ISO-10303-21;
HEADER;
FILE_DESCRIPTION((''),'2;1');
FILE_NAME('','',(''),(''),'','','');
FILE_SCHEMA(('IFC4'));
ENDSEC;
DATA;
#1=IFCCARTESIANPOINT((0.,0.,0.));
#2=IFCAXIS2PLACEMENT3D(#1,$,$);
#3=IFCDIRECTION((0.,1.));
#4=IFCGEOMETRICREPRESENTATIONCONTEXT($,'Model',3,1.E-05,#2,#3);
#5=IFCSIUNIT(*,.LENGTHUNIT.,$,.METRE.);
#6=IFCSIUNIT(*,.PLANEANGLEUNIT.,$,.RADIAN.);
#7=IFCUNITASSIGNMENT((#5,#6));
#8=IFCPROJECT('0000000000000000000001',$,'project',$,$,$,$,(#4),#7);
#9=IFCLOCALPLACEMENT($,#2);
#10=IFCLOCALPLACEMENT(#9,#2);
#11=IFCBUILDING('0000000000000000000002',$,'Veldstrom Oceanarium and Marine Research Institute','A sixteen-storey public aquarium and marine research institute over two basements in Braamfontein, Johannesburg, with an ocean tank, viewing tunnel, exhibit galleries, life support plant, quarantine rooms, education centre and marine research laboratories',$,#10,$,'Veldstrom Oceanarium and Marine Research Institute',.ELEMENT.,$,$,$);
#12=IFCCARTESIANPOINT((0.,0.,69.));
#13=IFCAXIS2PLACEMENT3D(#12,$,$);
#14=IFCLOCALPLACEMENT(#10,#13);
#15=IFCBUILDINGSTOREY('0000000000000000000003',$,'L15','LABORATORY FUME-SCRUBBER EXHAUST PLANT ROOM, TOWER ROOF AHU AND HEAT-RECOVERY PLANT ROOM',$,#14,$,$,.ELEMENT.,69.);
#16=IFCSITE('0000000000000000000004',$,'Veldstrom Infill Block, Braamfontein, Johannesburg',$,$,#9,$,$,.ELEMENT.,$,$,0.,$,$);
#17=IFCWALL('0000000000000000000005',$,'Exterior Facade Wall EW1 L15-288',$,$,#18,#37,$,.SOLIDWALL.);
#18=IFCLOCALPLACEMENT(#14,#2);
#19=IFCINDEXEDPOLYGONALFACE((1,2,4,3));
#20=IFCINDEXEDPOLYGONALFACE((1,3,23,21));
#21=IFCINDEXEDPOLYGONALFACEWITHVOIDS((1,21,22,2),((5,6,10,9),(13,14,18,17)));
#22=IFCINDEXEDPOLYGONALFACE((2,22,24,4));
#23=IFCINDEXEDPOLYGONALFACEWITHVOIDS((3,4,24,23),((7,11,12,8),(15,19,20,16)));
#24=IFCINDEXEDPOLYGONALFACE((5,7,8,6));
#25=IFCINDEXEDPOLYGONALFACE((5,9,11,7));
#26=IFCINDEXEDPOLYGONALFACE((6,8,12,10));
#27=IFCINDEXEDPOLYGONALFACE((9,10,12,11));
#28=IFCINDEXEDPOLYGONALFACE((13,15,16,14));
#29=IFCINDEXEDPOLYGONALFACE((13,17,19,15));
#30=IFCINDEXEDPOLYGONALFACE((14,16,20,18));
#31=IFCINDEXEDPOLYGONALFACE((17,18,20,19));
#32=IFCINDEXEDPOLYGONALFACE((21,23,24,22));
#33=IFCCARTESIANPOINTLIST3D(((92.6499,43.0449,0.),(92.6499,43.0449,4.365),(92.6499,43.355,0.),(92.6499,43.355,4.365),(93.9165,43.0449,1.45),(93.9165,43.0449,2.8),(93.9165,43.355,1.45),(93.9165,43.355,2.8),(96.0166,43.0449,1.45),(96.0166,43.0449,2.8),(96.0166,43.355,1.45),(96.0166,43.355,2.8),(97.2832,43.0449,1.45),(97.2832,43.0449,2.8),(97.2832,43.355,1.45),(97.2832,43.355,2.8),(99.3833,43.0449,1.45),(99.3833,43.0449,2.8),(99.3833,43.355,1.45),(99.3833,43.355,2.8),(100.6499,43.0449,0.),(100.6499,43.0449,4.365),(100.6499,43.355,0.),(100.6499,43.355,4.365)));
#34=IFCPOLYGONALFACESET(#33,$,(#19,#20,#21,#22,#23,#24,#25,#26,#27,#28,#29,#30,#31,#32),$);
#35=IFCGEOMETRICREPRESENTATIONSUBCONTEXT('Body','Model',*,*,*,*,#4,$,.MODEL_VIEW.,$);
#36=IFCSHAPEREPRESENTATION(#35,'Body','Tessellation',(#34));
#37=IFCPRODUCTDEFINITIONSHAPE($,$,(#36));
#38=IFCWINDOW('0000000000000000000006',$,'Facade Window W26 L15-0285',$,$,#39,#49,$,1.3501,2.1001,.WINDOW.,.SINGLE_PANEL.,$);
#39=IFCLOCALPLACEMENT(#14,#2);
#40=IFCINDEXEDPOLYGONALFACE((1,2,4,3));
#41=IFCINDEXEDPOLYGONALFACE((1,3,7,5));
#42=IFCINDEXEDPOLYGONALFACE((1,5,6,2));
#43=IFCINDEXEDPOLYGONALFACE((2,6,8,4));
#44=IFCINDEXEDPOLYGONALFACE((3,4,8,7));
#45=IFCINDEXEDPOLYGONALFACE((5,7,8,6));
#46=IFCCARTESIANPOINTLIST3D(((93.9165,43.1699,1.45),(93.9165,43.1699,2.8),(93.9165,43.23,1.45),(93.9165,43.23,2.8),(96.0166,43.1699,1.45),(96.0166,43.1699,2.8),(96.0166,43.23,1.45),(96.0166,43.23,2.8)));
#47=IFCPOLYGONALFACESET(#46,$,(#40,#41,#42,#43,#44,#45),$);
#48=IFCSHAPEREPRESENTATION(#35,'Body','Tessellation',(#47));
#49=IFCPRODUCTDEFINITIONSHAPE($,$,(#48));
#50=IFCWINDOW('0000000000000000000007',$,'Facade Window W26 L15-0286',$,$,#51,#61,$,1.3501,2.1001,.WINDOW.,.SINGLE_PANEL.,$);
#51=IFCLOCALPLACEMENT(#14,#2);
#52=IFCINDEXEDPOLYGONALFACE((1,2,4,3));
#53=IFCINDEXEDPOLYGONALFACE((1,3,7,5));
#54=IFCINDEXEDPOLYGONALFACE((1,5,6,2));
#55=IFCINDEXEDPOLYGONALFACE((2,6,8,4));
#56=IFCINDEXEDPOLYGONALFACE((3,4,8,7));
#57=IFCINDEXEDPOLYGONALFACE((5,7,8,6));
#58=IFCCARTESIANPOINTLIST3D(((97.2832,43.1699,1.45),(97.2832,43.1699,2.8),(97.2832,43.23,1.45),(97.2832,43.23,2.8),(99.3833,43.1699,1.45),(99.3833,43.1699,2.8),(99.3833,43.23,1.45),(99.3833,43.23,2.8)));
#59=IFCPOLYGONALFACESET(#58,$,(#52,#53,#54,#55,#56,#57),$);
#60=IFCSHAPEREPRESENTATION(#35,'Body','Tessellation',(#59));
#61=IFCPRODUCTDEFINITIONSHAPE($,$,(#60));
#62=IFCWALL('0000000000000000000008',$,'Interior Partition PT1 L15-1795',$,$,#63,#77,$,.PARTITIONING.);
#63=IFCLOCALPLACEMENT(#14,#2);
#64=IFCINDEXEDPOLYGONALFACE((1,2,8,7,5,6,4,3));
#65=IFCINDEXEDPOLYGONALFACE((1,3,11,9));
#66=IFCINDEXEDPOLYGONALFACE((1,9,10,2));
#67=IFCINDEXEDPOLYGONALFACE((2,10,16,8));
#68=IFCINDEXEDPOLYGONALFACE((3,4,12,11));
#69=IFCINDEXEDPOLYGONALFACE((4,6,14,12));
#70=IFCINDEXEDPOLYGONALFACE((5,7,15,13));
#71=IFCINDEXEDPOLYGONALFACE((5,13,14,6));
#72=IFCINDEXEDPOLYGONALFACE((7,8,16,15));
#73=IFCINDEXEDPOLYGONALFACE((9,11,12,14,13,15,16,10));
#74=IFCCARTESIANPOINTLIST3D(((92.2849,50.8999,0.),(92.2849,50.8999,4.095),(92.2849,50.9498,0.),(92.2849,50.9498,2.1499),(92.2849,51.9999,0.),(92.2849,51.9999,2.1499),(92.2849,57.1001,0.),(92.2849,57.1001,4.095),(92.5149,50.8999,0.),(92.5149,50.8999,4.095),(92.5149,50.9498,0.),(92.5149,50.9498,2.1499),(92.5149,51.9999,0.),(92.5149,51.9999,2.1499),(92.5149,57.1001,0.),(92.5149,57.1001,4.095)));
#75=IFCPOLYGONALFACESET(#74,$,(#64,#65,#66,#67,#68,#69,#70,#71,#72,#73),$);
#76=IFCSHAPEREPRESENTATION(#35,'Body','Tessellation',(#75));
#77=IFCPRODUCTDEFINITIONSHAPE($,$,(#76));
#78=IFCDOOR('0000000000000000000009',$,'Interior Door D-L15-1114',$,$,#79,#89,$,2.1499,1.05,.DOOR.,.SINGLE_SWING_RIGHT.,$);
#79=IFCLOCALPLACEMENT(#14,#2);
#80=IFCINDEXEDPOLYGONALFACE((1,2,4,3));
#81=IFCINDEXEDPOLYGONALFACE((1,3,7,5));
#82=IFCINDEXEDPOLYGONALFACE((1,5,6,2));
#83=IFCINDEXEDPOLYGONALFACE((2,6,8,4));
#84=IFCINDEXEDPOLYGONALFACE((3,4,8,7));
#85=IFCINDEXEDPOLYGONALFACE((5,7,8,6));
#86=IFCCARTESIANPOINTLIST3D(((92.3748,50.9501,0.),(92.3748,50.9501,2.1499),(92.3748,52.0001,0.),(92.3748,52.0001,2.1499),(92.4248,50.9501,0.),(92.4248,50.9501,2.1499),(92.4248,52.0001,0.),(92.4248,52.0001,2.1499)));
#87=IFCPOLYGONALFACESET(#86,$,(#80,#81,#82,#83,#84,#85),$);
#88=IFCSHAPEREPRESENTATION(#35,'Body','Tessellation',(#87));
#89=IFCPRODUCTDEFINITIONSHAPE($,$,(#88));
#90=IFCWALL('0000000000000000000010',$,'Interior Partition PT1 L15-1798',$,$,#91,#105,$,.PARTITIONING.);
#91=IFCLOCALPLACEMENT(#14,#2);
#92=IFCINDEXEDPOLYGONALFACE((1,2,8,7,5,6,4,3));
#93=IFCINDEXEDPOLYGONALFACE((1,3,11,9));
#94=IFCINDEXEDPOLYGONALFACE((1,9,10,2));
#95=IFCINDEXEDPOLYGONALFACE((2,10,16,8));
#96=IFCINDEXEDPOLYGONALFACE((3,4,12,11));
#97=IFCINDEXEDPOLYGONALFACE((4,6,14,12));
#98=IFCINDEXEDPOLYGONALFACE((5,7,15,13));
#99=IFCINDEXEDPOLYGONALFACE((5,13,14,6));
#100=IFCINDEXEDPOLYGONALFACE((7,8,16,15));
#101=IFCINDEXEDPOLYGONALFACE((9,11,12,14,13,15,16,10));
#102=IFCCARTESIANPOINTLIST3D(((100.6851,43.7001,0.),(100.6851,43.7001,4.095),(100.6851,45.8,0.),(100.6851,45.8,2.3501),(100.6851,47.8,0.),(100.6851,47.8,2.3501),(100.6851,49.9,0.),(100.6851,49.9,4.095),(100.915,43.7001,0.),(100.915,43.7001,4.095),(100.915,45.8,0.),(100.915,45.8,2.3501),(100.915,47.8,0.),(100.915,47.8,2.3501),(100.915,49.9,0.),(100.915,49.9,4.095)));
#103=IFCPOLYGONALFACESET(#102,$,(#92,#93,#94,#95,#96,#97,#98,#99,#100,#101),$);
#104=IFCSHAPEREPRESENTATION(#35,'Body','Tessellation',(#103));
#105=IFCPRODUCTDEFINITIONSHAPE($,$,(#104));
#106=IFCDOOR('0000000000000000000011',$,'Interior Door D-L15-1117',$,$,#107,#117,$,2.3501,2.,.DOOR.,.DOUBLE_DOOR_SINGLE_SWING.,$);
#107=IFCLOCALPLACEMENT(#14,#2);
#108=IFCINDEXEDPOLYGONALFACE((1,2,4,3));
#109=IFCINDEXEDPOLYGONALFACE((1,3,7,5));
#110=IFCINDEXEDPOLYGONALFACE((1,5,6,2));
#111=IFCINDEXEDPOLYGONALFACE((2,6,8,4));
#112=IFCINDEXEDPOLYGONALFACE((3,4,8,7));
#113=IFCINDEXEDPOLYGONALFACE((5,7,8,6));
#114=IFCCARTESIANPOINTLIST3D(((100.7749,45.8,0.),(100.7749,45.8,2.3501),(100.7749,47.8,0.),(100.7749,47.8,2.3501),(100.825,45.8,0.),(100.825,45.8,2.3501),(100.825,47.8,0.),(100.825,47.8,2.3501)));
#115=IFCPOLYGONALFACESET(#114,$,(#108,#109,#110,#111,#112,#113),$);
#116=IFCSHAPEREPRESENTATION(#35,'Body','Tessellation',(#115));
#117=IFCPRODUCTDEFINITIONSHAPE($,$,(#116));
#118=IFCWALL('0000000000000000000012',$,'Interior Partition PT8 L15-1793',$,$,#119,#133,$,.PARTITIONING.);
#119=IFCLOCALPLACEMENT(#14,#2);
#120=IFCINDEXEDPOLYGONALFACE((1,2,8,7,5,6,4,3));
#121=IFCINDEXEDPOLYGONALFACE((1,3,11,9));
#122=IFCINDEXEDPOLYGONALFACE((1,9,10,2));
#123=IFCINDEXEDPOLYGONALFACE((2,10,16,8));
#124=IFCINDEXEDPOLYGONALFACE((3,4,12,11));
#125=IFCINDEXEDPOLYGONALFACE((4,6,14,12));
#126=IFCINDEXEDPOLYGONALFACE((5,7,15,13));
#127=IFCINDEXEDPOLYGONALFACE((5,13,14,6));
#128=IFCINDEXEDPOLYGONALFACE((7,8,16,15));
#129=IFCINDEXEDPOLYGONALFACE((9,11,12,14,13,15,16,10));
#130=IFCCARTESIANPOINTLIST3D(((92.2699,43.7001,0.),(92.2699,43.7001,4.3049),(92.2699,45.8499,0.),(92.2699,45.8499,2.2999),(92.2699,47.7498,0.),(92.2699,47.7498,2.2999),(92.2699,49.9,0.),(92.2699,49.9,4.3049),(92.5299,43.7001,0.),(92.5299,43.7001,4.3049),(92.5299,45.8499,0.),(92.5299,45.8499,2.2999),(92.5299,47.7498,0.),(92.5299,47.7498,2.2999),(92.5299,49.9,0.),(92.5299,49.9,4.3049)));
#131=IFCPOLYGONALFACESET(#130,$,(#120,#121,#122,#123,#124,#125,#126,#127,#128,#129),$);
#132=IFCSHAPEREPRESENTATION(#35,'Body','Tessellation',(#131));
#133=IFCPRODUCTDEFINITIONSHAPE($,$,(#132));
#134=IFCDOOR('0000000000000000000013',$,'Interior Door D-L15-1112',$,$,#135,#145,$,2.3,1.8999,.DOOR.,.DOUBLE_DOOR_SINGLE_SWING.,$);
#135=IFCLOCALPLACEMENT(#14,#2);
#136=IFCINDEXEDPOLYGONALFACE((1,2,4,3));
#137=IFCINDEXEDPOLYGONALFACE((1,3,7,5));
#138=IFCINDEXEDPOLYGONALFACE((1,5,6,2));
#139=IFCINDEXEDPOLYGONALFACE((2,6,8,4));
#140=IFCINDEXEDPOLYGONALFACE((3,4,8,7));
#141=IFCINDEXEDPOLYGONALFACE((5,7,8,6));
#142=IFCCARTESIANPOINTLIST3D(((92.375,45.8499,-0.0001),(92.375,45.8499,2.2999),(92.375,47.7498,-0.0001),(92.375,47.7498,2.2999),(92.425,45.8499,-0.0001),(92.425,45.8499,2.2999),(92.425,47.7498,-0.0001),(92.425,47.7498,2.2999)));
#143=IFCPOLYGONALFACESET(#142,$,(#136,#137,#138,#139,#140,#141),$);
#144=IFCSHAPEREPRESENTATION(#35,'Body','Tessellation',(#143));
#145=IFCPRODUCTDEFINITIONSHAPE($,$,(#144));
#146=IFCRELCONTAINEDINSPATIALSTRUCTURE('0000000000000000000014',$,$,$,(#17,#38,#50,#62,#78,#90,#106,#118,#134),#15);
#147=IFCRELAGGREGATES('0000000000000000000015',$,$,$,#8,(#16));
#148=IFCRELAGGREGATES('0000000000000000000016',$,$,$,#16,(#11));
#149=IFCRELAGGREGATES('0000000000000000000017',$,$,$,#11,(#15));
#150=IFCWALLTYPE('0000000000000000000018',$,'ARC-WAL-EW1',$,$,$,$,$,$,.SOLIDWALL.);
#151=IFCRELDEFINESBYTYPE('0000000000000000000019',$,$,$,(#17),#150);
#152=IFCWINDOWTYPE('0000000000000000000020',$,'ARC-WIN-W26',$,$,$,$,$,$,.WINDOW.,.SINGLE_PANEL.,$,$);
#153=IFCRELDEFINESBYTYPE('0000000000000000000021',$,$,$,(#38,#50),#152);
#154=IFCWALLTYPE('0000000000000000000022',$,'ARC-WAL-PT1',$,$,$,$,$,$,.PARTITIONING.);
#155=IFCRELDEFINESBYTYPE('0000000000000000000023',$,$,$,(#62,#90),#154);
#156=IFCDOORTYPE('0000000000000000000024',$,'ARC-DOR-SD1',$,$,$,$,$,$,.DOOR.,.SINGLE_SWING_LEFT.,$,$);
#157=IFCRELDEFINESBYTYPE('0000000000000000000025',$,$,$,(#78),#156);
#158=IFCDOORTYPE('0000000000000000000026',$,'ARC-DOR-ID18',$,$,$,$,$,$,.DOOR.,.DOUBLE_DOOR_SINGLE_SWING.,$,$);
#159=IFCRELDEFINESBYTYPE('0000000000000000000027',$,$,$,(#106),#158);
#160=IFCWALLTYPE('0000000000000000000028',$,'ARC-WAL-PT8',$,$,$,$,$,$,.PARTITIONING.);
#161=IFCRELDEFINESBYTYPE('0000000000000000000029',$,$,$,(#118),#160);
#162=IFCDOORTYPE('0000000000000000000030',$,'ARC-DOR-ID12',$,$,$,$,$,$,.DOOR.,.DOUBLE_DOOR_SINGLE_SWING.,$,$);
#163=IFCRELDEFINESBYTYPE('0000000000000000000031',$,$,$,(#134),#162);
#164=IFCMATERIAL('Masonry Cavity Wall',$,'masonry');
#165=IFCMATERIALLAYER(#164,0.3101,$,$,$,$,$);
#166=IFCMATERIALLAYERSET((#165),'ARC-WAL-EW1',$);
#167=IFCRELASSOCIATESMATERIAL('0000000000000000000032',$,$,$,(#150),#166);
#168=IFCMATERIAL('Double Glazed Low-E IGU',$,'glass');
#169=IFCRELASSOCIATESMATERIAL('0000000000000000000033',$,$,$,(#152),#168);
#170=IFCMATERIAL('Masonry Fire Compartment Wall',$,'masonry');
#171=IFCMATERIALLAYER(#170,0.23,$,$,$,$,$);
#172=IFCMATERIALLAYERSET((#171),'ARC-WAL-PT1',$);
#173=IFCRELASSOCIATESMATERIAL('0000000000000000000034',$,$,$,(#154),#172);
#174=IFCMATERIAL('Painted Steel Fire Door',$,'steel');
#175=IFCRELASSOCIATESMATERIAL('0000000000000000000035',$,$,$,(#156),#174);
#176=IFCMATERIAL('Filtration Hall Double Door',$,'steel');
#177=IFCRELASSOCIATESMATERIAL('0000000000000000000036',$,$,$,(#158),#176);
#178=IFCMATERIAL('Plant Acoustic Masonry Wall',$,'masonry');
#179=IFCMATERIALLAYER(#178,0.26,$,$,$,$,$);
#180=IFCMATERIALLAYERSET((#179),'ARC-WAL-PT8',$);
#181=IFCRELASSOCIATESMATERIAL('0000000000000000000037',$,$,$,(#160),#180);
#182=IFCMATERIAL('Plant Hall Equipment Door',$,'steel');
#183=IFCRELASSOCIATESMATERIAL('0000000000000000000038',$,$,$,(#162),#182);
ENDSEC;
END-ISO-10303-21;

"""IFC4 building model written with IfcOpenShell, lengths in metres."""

from ifc_helpers import new_model, si_unit, direction, frame, frame_2d, origin, place, context, subcontext, project, spatial, rectangle, extrude, material, layer, layer_set, type_object, element, fill, save


model = new_model("IFC4")

# Units and contexts
model_context = context("Model", 3, precision=1e-05, world=origin(), true_north=direction((0.0, 1.0)))
body_context = subcontext(model_context, "Body", "Model", "MODEL_VIEW")
ifc_project = project(units=[si_unit("LENGTHUNIT", "METRE"), si_unit("PLANEANGLEUNIT", "RADIAN")], contexts=[model_context])

# Site, building, storey
site_placement = place(None, origin())
site = spatial("IfcSite", under=ifc_project, at=site_placement, Name="Veldstrom Infill Block, Braamfontein, Johannesburg", CompositionType="ELEMENT", RefElevation=0.0)
building_placement = place(site_placement, origin())
building = spatial("IfcBuilding", under=site, at=building_placement, Name="Veldstrom Oceanarium and Marine Research Institute", Description="A sixteen-storey public aquarium and marine research institute over two basements in Braamfontein, Johannesburg, with an ocean tank, viewing tunnel, exhibit galleries, life support plant, quarantine rooms, education centre and marine research laboratories", LongName="Veldstrom Oceanarium and Marine Research Institute", CompositionType="ELEMENT")
storey_placement = place(building_placement, frame((0.0, 0.0, 69.0)))
storey = spatial("IfcBuildingStorey", under=building, at=storey_placement, Name="L15", Description="LABORATORY FUME-SCRUBBER EXHAUST PLANT ROOM, TOWER ROOF AHU AND HEAT-RECOVERY PLANT ROOM", CompositionType="ELEMENT", Elevation=69.0)

# Wall, openings, windows
ifc_material_1 = material(Name="Masonry Cavity Wall", Category="masonry")
ifc_layer_1 = layer(ifc_material_1, 0.3101)
ifc_layer_set_1 = layer_set([ifc_layer_1], Name="ARC-WAL-EW1")
wall_type_1 = type_object("IfcWallType", Name="ARC-WAL-EW1", PredefinedType="SOLIDWALL", material=ifc_layer_set_1)
wall_1_placement = place(storey_placement, frame((92.6499, 43.2, 0.0), z_axis=(0.0, 0.0, 1.0), x_axis=(1.0, 0.0, 0.0)))
wall_1 = element("IfcWall", 1, at=wall_1_placement, inside=storey, type_object=wall_type_1, Name="Exterior Facade Wall EW1 L15-288", PredefinedType="SOLIDWALL", context=body_context, shape_type="SweptSolid", body=[
    extrude(rectangle(XDim=8.0, YDim=0.3101, at=frame_2d((4.0, 0.0))), origin(), (0.0, 0.0, 1.0), 4.365),
])
opening_1_placement = place(wall_1_placement, frame((1.2666, 0.0, 1.45)))
opening_1 = element("IfcOpeningElement", 2, at=opening_1_placement, cuts=wall_1, PredefinedType="OPENING", context=body_context, shape_type="SweptSolid", body=[
    extrude(rectangle(XDim=2.1001, YDim=1.3501, at=frame_2d((1.05, 0.675))), frame((0.0, 0.165, 0.0), z_axis=(0.0, -1.0, 0.0), x_axis=(1.0, 0.0, 0.0)), (0.0, 0.0, 1.0), 0.3301),
])
opening_2_placement = place(wall_1_placement, frame((4.6333, 0.0, 1.45)))
opening_2 = element("IfcOpeningElement", 3, at=opening_2_placement, cuts=wall_1, PredefinedType="OPENING", context=body_context, shape_type="SweptSolid", body=[
    extrude(rectangle(XDim=2.1001, YDim=1.3501, at=frame_2d((1.05, 0.675))), frame((0.0, 0.165, 0.0), z_axis=(0.0, -1.0, 0.0), x_axis=(1.0, 0.0, 0.0)), (0.0, 0.0, 1.0), 0.3301),
])
ifc_material_2 = material(Name="Double Glazed Low-E IGU", Category="glass")
window_type = type_object("IfcWindowType", Name="ARC-WIN-W26", PartitioningType="SINGLE_PANEL", PredefinedType="WINDOW", material=ifc_material_2)
window_1_placement = place(opening_1_placement, origin())
window_1 = element("IfcWindow", 4, at=window_1_placement, inside=storey, type_object=window_type, Name="Facade Window W26 L15-0285", OverallHeight=1.3501, OverallWidth=2.1001, PartitioningType="SINGLE_PANEL", PredefinedType="WINDOW", context=body_context, shape_type="SweptSolid", body=[
    extrude(rectangle(XDim=2.1001, YDim=1.3501, at=frame_2d((1.05, 0.675))), frame((0.0, 0.03, 0.0), z_axis=(0.0, -1.0, 0.0), x_axis=(1.0, 0.0, 0.0)), (0.0, 0.0, 1.0), 0.0601),
])
fill(opening_1, window_1)
window_2_placement = place(opening_2_placement, origin())
window_2 = element("IfcWindow", 5, at=window_2_placement, inside=storey, type_object=window_type, Name="Facade Window W26 L15-0286", OverallHeight=1.3501, OverallWidth=2.1001, PartitioningType="SINGLE_PANEL", PredefinedType="WINDOW", context=body_context, shape_type="SweptSolid", body=[
    extrude(rectangle(XDim=2.1001, YDim=1.3501, at=frame_2d((1.05, 0.675))), frame((0.0, 0.03, 0.0), z_axis=(0.0, -1.0, 0.0), x_axis=(1.0, 0.0, 0.0)), (0.0, 0.0, 1.0), 0.0601),
])
fill(opening_2, window_2)

# Walls, openings, doors
ifc_material_3 = material(Name="Masonry Fire Compartment Wall", Category="masonry")
ifc_layer_2 = layer(ifc_material_3, 0.23)
ifc_layer_set_2 = layer_set([ifc_layer_2], Name="ARC-WAL-PT1")
wall_type_2 = type_object("IfcWallType", Name="ARC-WAL-PT1", PredefinedType="PARTITIONING", material=ifc_layer_set_2)
wall_2_placement = place(storey_placement, frame((92.3999, 50.8999, 0.0), z_axis=(0.0, 0.0, 1.0), x_axis=(0.0, 1.0, 0.0)))
wall_2 = element("IfcWall", 6, at=wall_2_placement, inside=storey, type_object=wall_type_2, Name="Interior Partition PT1 L15-1795", PredefinedType="PARTITIONING", context=body_context, shape_type="SweptSolid", body=[
    extrude(rectangle(XDim=6.2002, YDim=0.23, at=frame_2d((3.1001, 0.0))), origin(), (0.0, 0.0, 1.0), 4.095),
])
opening_3_placement = place(wall_2_placement, frame((0.05, 0.0, 0.0)))
opening_3 = element("IfcOpeningElement", 7, at=opening_3_placement, cuts=wall_2, PredefinedType="OPENING", context=body_context, shape_type="SweptSolid", body=[
    extrude(rectangle(XDim=1.05, YDim=2.1499, at=frame_2d((0.5249, 1.075))), frame((0.0, 0.125, 0.0), z_axis=(0.0, -1.0, 0.0), x_axis=(1.0, 0.0, 0.0)), (0.0, 0.0, 1.0), 0.25),
])
ifc_material_4 = material(Name="Painted Steel Fire Door", Category="steel")
door_type_1 = type_object("IfcDoorType", Name="ARC-DOR-SD1", OperationType="SINGLE_SWING_LEFT", PredefinedType="DOOR", material=ifc_material_4)
door_1_placement = place(opening_3_placement, frame((1.05, 0.0, 0.0), z_axis=(0.0, 0.0, 1.0), x_axis=(-1.0, 0.0, 0.0)))
door_1 = element("IfcDoor", 8, at=door_1_placement, inside=storey, type_object=door_type_1, Name="Interior Door D-L15-1114", OperationType="SINGLE_SWING_RIGHT", OverallHeight=2.1499, OverallWidth=1.05, PredefinedType="DOOR", context=body_context, shape_type="SweptSolid", body=[
    extrude(rectangle(XDim=1.05, YDim=2.1499, at=frame_2d((0.5249, 1.075))), frame((0.0, 0.0249, 0.0), z_axis=(0.0, -1.0, 0.0), x_axis=(1.0, 0.0, 0.0)), (0.0, 0.0, 1.0), 0.05),
])
fill(opening_3, door_1)
wall_3_placement = place(storey_placement, frame((100.8, 43.7, 0.0), z_axis=(0.0, 0.0, 1.0), x_axis=(0.0, 1.0, 0.0)))
wall_3 = element("IfcWall", 9, at=wall_3_placement, inside=storey, type_object=wall_type_2, Name="Interior Partition PT1 L15-1798", PredefinedType="PARTITIONING", context=body_context, shape_type="SweptSolid", body=[
    extrude(rectangle(XDim=6.2, YDim=0.23, at=frame_2d((3.1001, 0.0))), origin(), (0.0, 0.0, 1.0), 4.095),
])
opening_4_placement = place(wall_3_placement, frame((2.1001, 0.0, 0.0)))
opening_4 = element("IfcOpeningElement", 10, at=opening_4_placement, cuts=wall_3, PredefinedType="OPENING", context=body_context, shape_type="SweptSolid", body=[
    extrude(rectangle(XDim=2.0, YDim=2.3501, at=frame_2d((1.0, 1.175))), frame((0.0, 0.125, 0.0), z_axis=(0.0, -1.0, 0.0), x_axis=(1.0, 0.0, 0.0)), (0.0, 0.0, 1.0), 0.25),
])
ifc_material_5 = material(Name="Filtration Hall Double Door", Category="steel")
door_type_2 = type_object("IfcDoorType", Name="ARC-DOR-ID18", OperationType="DOUBLE_DOOR_SINGLE_SWING", PredefinedType="DOOR", material=ifc_material_5)
door_2_placement = place(opening_4_placement, frame((2.0, 0.0, 0.0), z_axis=(0.0, 0.0, 1.0), x_axis=(-1.0, 0.0, 0.0)))
door_2 = element("IfcDoor", 11, at=door_2_placement, inside=storey, type_object=door_type_2, Name="Interior Door D-L15-1117", OperationType="DOUBLE_DOOR_SINGLE_SWING", OverallHeight=2.3501, OverallWidth=2.0, PredefinedType="DOOR", context=body_context, shape_type="SweptSolid", body=[
    extrude(rectangle(XDim=2.0, YDim=2.3501, at=frame_2d((1.0, 1.175))), frame((0.0, 0.0249, 0.0), z_axis=(0.0, -1.0, 0.0), x_axis=(1.0, 0.0, 0.0)), (0.0, 0.0, 1.0), 0.05),
])
fill(opening_4, door_2)
ifc_material_6 = material(Name="Plant Acoustic Masonry Wall", Category="masonry")
ifc_layer_3 = layer(ifc_material_6, 0.26)
ifc_layer_set_3 = layer_set([ifc_layer_3], Name="ARC-WAL-PT8")
wall_type_3 = type_object("IfcWallType", Name="ARC-WAL-PT8", PredefinedType="PARTITIONING", material=ifc_layer_set_3)
wall_4_placement = place(storey_placement, frame((92.3999, 43.7, 0.0), z_axis=(0.0, 0.0, 1.0), x_axis=(0.0, 1.0, 0.0)))
wall_4 = element("IfcWall", 12, at=wall_4_placement, inside=storey, type_object=wall_type_3, Name="Interior Partition PT8 L15-1793", PredefinedType="PARTITIONING", context=body_context, shape_type="SweptSolid", body=[
    extrude(rectangle(XDim=6.2, YDim=0.26, at=frame_2d((3.1001, 0.0))), origin(), (0.0, 0.0, 1.0), 4.3049),
])
opening_5_placement = place(wall_4_placement, frame((2.1499, 0.0, 0.0)))
opening_5 = element("IfcOpeningElement", 13, at=opening_5_placement, cuts=wall_4, PredefinedType="OPENING", context=body_context, shape_type="SweptSolid", body=[
    extrude(rectangle(XDim=1.8999, YDim=2.3, at=frame_2d((0.95, 1.1499))), frame((0.0, 0.1399, 0.0), z_axis=(0.0, -1.0, 0.0), x_axis=(1.0, 0.0, 0.0)), (0.0, 0.0, 1.0), 0.28),
])
ifc_material_7 = material(Name="Plant Hall Equipment Door", Category="steel")
door_type_3 = type_object("IfcDoorType", Name="ARC-DOR-ID12", OperationType="DOUBLE_DOOR_SINGLE_SWING", PredefinedType="DOOR", material=ifc_material_7)
door_3_placement = place(opening_5_placement, origin())
door_3 = element("IfcDoor", 14, at=door_3_placement, inside=storey, type_object=door_type_3, Name="Interior Door D-L15-1112", OperationType="DOUBLE_DOOR_SINGLE_SWING", OverallHeight=2.3, OverallWidth=1.8999, PredefinedType="DOOR", context=body_context, shape_type="SweptSolid", body=[
    extrude(rectangle(XDim=1.8999, YDim=2.3, at=frame_2d((0.95, 1.1499))), frame((0.0, 0.0249, 0.0), z_axis=(0.0, -1.0, 0.0), x_axis=(1.0, 0.0, 0.0)), (0.0, 0.0, 1.0), 0.05),
])
fill(opening_5, door_3)

save(model, "model.ifc")
